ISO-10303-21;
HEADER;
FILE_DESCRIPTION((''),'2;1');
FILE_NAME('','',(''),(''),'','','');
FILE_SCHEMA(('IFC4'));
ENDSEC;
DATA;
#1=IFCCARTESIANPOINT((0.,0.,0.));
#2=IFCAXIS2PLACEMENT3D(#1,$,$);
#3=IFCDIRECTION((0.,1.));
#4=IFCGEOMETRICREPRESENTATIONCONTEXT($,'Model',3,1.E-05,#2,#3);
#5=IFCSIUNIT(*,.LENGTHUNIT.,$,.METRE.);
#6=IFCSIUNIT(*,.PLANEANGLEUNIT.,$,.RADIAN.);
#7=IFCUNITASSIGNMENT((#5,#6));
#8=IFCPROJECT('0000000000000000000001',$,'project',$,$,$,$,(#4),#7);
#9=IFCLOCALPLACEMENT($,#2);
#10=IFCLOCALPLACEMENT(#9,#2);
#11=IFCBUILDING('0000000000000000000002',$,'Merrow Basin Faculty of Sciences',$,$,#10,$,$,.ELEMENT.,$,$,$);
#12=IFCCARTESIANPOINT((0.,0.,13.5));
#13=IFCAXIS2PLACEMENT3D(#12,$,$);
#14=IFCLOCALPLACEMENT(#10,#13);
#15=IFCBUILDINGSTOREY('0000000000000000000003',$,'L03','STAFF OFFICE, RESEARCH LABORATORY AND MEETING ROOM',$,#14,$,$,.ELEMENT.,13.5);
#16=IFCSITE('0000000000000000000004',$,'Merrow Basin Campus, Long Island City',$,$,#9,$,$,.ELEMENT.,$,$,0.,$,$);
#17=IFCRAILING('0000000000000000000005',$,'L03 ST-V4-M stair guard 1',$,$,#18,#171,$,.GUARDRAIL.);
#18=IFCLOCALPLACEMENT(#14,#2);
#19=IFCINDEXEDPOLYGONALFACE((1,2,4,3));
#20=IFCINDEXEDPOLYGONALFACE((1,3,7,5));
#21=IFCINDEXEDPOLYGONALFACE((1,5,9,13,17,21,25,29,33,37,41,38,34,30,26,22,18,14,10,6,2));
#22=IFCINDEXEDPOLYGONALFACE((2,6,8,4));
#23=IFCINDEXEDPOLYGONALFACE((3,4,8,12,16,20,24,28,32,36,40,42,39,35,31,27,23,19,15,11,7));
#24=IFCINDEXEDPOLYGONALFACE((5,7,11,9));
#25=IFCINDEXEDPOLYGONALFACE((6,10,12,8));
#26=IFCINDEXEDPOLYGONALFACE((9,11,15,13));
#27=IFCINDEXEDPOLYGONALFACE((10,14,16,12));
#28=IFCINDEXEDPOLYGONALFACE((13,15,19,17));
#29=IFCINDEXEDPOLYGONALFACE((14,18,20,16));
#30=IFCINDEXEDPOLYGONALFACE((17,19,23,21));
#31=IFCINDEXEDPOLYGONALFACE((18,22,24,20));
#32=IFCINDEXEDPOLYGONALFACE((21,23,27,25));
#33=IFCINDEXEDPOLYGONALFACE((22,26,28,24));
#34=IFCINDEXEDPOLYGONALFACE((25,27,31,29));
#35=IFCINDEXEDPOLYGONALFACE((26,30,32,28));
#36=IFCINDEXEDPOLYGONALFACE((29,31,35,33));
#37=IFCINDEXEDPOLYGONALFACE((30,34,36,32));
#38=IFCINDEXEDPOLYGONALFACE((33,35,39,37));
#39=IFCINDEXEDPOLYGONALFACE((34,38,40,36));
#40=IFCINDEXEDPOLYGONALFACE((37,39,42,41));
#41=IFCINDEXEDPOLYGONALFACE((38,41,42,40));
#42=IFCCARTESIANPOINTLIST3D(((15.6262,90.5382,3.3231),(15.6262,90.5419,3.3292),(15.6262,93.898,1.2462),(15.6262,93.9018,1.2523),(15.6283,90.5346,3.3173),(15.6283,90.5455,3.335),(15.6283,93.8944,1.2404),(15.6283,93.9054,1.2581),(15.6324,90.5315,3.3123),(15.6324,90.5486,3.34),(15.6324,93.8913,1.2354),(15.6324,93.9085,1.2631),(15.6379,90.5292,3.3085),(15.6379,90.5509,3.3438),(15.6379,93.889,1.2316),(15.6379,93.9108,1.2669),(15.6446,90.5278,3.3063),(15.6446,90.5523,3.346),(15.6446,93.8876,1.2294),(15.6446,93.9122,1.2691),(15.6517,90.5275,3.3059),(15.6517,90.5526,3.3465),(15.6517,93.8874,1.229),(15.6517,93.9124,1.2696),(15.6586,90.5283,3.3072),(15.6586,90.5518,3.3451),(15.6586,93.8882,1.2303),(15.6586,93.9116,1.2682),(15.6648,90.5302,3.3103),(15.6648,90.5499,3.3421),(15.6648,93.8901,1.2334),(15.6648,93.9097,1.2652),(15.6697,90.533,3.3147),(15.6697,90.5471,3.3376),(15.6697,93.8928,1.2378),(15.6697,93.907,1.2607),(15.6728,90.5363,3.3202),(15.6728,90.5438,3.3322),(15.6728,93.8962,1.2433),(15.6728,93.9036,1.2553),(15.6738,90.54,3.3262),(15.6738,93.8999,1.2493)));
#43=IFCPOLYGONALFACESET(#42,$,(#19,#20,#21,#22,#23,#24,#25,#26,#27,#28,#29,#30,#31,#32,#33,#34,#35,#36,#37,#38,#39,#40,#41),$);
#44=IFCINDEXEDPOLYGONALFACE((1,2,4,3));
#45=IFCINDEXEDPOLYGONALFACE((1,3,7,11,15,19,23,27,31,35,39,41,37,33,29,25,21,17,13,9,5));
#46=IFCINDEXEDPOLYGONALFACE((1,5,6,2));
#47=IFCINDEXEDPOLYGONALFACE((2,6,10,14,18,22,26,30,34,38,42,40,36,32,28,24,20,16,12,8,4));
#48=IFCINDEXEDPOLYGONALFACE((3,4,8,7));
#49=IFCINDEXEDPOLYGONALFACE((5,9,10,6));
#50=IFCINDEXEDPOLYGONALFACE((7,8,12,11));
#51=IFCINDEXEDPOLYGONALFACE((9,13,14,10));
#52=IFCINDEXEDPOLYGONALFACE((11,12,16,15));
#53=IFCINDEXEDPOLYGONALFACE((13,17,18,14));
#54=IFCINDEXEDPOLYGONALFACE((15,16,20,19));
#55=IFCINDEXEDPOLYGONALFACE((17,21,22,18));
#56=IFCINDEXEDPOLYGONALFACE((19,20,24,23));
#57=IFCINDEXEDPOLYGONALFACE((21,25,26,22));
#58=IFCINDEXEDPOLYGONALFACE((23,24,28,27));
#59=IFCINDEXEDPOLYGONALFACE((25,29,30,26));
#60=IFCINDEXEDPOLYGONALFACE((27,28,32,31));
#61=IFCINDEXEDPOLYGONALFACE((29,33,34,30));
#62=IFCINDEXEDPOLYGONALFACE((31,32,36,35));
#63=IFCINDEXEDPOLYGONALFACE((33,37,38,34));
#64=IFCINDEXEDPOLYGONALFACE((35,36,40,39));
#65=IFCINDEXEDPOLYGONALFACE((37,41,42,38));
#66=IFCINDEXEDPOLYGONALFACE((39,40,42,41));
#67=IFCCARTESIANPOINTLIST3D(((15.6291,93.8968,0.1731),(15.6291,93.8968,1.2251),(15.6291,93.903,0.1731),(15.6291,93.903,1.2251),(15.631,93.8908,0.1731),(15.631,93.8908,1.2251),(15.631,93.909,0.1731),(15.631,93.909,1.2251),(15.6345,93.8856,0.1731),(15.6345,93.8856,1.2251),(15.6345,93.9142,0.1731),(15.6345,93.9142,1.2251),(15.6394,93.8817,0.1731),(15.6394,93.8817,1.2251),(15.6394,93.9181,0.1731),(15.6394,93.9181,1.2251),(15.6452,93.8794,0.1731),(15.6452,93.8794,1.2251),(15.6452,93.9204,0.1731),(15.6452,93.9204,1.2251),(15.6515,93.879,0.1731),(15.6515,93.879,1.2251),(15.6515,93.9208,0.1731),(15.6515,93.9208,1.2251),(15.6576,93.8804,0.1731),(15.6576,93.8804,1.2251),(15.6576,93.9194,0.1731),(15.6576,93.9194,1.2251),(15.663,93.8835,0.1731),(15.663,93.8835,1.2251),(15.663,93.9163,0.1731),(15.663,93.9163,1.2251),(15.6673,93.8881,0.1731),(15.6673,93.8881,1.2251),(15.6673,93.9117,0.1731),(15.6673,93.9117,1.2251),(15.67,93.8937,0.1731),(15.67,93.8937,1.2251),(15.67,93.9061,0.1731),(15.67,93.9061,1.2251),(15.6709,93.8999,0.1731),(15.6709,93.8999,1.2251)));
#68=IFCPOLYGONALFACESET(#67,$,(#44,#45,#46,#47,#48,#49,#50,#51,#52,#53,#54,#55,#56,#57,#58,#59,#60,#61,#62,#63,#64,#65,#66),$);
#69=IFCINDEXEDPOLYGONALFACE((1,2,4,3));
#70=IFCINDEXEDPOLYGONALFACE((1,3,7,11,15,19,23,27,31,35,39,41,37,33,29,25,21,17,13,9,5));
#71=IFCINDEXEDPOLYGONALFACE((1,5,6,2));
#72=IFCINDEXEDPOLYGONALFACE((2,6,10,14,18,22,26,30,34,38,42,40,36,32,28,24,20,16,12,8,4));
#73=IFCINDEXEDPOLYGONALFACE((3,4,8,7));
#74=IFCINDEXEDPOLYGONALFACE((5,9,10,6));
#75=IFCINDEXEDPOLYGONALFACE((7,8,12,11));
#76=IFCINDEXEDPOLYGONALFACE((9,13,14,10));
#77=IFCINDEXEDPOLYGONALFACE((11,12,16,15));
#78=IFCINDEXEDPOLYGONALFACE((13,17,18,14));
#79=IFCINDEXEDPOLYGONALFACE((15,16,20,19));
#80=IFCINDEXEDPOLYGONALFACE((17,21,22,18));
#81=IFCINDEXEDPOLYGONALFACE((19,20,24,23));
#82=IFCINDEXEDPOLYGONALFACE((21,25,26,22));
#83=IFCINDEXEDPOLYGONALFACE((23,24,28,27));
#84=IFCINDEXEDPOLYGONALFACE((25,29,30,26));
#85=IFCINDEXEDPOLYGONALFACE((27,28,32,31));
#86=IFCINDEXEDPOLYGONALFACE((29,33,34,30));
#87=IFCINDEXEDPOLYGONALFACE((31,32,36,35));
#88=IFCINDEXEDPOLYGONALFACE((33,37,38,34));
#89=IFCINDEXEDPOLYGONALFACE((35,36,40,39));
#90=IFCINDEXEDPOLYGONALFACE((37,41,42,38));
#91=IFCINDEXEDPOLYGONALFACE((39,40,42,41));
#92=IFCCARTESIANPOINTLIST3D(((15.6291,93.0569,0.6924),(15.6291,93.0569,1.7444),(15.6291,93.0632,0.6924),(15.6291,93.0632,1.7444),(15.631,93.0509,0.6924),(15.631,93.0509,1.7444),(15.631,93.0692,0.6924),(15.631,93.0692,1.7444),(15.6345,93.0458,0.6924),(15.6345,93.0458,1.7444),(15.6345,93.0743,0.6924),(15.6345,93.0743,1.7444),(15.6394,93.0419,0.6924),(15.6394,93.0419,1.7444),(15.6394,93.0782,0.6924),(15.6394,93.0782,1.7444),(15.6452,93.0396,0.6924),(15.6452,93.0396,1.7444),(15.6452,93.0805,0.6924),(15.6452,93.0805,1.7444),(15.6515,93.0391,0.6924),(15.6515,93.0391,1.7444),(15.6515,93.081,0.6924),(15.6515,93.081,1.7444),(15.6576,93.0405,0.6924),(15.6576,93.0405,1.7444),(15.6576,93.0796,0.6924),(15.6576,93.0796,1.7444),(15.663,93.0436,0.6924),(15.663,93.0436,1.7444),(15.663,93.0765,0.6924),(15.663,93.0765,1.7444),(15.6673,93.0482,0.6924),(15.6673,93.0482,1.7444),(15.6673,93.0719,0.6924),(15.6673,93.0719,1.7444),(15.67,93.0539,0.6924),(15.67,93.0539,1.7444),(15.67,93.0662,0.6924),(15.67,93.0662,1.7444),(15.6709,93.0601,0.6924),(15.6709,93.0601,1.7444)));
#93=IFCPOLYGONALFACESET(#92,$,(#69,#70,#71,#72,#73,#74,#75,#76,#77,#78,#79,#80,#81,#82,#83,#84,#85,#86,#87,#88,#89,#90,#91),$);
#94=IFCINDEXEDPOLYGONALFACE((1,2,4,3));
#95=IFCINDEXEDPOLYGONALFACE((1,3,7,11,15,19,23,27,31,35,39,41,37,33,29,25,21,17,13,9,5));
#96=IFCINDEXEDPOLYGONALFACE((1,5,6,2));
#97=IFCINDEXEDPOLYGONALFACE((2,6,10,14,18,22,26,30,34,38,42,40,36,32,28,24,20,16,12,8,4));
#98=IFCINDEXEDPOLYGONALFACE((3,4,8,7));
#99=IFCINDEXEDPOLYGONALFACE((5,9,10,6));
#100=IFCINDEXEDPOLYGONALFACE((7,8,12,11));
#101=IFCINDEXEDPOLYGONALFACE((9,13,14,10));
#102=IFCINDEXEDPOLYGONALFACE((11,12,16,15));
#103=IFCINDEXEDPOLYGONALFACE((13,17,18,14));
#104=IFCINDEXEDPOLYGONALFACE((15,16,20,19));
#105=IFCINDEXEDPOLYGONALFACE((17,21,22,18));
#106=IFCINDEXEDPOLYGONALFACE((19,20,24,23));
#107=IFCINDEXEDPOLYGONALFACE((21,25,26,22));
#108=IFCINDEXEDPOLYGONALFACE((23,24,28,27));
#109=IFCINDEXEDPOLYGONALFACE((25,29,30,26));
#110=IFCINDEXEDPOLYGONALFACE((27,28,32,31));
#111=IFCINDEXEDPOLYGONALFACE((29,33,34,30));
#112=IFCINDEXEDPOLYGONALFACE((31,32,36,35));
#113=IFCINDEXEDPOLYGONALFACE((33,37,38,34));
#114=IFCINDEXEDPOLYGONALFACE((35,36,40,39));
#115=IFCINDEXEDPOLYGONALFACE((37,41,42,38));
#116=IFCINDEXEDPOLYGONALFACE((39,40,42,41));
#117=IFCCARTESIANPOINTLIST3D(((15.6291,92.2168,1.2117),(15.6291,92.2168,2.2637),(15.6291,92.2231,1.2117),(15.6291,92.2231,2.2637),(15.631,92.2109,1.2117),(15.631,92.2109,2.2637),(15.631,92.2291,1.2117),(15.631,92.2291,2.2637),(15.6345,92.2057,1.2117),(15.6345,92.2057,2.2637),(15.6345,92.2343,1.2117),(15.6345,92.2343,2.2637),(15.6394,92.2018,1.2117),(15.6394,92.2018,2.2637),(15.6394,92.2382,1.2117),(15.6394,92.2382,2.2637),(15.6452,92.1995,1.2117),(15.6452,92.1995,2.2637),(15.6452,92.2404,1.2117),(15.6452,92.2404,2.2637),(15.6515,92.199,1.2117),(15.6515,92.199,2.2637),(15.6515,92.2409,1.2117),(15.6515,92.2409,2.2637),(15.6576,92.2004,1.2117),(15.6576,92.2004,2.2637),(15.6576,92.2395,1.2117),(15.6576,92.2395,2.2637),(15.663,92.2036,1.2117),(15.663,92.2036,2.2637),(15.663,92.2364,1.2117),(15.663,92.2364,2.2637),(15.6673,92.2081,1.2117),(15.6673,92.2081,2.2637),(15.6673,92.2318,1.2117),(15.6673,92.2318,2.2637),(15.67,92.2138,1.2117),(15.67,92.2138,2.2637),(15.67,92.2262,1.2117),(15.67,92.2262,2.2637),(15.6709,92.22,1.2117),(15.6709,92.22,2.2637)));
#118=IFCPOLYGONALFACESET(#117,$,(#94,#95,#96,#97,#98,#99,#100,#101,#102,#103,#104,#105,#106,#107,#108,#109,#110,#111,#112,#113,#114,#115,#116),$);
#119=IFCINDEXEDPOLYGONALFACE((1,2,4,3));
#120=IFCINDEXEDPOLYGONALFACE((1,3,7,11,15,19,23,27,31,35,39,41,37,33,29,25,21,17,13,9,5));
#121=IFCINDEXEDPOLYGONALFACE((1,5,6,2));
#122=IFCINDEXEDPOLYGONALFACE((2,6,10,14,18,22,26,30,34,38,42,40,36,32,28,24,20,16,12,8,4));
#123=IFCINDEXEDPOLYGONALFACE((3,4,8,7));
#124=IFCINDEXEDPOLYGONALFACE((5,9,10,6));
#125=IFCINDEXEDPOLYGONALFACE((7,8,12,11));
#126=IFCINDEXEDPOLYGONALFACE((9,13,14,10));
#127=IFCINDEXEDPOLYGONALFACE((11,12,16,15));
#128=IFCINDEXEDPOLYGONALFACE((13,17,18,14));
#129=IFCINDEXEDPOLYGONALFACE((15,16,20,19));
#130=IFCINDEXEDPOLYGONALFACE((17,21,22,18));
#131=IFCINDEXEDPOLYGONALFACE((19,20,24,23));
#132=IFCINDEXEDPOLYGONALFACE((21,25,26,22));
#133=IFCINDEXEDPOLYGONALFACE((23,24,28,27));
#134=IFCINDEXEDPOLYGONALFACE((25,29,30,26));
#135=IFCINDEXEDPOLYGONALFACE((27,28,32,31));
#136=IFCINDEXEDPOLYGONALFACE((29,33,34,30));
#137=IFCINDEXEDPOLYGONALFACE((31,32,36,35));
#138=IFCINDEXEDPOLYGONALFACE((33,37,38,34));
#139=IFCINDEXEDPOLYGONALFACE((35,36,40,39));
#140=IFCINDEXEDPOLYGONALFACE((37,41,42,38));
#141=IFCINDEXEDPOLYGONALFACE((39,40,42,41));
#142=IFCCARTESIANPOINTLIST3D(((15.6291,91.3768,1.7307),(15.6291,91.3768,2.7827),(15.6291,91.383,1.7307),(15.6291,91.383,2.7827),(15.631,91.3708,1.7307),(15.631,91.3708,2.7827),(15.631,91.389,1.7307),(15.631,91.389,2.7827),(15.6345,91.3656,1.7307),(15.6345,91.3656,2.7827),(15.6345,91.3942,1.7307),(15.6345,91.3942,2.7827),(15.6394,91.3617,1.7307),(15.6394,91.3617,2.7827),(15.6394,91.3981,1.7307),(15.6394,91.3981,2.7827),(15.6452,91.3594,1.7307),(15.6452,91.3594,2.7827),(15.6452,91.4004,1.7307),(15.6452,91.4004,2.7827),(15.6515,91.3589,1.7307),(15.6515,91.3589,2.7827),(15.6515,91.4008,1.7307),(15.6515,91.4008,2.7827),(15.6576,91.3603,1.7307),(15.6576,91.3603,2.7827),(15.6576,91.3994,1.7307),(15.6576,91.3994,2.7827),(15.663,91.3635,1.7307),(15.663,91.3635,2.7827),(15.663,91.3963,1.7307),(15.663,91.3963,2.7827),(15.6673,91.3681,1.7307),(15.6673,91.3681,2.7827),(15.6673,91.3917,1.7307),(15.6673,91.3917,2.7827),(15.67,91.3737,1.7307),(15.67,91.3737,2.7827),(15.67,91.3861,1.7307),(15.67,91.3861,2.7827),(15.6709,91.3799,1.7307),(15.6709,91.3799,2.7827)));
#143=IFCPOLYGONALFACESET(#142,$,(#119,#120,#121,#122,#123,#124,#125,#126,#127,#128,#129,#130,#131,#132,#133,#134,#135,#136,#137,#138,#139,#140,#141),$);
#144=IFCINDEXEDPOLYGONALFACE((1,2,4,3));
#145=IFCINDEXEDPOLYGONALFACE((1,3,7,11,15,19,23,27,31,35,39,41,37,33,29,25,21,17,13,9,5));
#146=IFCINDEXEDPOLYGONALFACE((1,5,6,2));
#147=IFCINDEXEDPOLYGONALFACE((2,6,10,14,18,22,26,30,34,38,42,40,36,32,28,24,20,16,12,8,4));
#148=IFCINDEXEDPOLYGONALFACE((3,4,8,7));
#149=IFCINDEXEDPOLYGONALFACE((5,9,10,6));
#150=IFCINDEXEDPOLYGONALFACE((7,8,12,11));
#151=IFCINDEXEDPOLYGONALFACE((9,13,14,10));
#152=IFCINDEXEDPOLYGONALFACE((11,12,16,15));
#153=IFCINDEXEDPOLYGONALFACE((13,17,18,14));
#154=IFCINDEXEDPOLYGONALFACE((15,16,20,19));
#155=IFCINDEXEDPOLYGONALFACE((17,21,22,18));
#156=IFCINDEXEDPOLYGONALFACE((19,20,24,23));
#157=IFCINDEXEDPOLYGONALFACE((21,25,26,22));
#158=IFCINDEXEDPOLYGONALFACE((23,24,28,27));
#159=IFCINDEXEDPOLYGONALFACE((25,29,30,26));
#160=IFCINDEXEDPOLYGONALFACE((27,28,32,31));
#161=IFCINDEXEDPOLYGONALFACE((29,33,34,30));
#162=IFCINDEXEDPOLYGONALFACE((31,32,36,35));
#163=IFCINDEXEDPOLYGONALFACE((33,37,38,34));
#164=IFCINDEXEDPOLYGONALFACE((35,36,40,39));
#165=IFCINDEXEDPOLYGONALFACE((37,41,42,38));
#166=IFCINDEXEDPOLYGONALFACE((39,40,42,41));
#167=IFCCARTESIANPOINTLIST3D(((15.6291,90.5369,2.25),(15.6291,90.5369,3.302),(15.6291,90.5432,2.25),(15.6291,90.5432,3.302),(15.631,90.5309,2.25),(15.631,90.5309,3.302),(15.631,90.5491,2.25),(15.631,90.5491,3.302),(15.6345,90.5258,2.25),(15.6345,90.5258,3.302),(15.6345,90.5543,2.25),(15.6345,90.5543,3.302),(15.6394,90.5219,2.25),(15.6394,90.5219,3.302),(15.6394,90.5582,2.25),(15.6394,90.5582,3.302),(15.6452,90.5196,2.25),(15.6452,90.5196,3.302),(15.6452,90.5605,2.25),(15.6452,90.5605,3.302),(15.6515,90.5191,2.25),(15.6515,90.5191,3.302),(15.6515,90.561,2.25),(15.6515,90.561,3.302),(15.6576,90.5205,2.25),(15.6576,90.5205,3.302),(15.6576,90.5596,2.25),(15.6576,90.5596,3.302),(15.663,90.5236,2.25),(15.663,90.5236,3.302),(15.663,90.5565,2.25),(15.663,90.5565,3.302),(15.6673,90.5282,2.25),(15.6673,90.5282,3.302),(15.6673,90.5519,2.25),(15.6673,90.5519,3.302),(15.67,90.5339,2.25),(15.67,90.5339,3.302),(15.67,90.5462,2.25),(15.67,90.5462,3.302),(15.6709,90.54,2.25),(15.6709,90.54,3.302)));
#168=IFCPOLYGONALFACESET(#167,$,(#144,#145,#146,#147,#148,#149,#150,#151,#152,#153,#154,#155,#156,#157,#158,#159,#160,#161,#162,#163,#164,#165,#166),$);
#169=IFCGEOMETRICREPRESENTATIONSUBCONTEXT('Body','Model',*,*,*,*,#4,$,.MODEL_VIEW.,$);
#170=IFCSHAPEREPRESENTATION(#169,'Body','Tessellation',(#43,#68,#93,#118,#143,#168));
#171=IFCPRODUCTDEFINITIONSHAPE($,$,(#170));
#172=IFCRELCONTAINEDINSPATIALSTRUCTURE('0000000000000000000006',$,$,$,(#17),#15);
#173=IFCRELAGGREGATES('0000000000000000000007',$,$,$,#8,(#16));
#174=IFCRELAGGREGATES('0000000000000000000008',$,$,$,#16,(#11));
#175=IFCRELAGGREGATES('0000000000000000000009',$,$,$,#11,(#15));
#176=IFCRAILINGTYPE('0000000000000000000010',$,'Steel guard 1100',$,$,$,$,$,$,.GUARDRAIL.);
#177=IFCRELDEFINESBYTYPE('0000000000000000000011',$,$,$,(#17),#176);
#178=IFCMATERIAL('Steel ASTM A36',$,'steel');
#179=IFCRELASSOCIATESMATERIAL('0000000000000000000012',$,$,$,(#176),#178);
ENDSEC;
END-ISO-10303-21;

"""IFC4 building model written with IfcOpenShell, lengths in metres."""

from ifc_helpers import new_model, si_unit, direction, frame, origin, origin_2d, place, context, subcontext, project, spatial, circle, extrude, material, type_object, element, save


model = new_model("IFC4")

# Units and contexts
model_context = context("Model", 3, precision=1e-05, world=origin(), true_north=direction((0.0, 1.0)))
body_context = subcontext(model_context, "Body", "Model", "MODEL_VIEW")
ifc_project = project(units=[si_unit("LENGTHUNIT", "METRE"), si_unit("PLANEANGLEUNIT", "RADIAN")], contexts=[model_context])

# Site, building, storey
site_placement = place(None, origin())
site = spatial("IfcSite", under=ifc_project, at=site_placement, Name="Merrow Basin Campus, Long Island City", CompositionType="ELEMENT", RefElevation=0.0)
building_placement = place(site_placement, origin())
building = spatial("IfcBuilding", under=site, at=building_placement, Name="Merrow Basin Faculty of Sciences", CompositionType="ELEMENT")
storey_placement = place(building_placement, frame((0.0, 0.0, 13.5)))
storey = spatial("IfcBuildingStorey", under=building, at=storey_placement, Name="L03", Description="STAFF OFFICE, RESEARCH LABORATORY AND MEETING ROOM", CompositionType="ELEMENT", Elevation=13.5)

# Railing
ifc_material_1 = material(Name="Steel ASTM A36", Category="steel")
railing_type_1 = type_object("IfcRailingType", Name="Steel guard 1100", PredefinedType="GUARDRAIL", material=ifc_material_1)
railing_1_placement = place(storey_placement, frame((15.6499, 93.8999, 0.1731)))
element("IfcRailing", 1, at=railing_1_placement, inside=storey, type_object=railing_type_1, Name="L03 ST-V4-M stair guard 1", PredefinedType="GUARDRAIL", context=body_context, shape_type="SweptSolid", body=[
    extrude(circle(Radius=0.0239, at=origin_2d()), frame((0.0, 0.0, 1.0762), z_axis=(0.0, -0.850606, 0.525803), x_axis=(1.0, 0.0, 0.0)), (0.0, 0.0, 1.0), 3.95),
    extrude(circle(Radius=0.021, at=origin_2d()), origin(), (0.0, 0.0, 1.0), 1.052),
    extrude(circle(Radius=0.021, at=origin_2d()), frame((0.0, -0.8398, 0.5193)), (0.0, 0.0, 1.0), 1.052),
    extrude(circle(Radius=0.021, at=origin_2d()), frame((0.0, -1.6799, 1.0386)), (0.0, 0.0, 1.0), 1.052),
    extrude(circle(Radius=0.021, at=origin_2d()), frame((0.0, -2.52, 1.5576)), (0.0, 0.0, 1.0), 1.052),
    extrude(circle(Radius=0.021, at=origin_2d()), frame((0.0, -3.3599, 2.0769)), (0.0, 0.0, 1.0), 1.052),
])

save(model, "model.ifc")
